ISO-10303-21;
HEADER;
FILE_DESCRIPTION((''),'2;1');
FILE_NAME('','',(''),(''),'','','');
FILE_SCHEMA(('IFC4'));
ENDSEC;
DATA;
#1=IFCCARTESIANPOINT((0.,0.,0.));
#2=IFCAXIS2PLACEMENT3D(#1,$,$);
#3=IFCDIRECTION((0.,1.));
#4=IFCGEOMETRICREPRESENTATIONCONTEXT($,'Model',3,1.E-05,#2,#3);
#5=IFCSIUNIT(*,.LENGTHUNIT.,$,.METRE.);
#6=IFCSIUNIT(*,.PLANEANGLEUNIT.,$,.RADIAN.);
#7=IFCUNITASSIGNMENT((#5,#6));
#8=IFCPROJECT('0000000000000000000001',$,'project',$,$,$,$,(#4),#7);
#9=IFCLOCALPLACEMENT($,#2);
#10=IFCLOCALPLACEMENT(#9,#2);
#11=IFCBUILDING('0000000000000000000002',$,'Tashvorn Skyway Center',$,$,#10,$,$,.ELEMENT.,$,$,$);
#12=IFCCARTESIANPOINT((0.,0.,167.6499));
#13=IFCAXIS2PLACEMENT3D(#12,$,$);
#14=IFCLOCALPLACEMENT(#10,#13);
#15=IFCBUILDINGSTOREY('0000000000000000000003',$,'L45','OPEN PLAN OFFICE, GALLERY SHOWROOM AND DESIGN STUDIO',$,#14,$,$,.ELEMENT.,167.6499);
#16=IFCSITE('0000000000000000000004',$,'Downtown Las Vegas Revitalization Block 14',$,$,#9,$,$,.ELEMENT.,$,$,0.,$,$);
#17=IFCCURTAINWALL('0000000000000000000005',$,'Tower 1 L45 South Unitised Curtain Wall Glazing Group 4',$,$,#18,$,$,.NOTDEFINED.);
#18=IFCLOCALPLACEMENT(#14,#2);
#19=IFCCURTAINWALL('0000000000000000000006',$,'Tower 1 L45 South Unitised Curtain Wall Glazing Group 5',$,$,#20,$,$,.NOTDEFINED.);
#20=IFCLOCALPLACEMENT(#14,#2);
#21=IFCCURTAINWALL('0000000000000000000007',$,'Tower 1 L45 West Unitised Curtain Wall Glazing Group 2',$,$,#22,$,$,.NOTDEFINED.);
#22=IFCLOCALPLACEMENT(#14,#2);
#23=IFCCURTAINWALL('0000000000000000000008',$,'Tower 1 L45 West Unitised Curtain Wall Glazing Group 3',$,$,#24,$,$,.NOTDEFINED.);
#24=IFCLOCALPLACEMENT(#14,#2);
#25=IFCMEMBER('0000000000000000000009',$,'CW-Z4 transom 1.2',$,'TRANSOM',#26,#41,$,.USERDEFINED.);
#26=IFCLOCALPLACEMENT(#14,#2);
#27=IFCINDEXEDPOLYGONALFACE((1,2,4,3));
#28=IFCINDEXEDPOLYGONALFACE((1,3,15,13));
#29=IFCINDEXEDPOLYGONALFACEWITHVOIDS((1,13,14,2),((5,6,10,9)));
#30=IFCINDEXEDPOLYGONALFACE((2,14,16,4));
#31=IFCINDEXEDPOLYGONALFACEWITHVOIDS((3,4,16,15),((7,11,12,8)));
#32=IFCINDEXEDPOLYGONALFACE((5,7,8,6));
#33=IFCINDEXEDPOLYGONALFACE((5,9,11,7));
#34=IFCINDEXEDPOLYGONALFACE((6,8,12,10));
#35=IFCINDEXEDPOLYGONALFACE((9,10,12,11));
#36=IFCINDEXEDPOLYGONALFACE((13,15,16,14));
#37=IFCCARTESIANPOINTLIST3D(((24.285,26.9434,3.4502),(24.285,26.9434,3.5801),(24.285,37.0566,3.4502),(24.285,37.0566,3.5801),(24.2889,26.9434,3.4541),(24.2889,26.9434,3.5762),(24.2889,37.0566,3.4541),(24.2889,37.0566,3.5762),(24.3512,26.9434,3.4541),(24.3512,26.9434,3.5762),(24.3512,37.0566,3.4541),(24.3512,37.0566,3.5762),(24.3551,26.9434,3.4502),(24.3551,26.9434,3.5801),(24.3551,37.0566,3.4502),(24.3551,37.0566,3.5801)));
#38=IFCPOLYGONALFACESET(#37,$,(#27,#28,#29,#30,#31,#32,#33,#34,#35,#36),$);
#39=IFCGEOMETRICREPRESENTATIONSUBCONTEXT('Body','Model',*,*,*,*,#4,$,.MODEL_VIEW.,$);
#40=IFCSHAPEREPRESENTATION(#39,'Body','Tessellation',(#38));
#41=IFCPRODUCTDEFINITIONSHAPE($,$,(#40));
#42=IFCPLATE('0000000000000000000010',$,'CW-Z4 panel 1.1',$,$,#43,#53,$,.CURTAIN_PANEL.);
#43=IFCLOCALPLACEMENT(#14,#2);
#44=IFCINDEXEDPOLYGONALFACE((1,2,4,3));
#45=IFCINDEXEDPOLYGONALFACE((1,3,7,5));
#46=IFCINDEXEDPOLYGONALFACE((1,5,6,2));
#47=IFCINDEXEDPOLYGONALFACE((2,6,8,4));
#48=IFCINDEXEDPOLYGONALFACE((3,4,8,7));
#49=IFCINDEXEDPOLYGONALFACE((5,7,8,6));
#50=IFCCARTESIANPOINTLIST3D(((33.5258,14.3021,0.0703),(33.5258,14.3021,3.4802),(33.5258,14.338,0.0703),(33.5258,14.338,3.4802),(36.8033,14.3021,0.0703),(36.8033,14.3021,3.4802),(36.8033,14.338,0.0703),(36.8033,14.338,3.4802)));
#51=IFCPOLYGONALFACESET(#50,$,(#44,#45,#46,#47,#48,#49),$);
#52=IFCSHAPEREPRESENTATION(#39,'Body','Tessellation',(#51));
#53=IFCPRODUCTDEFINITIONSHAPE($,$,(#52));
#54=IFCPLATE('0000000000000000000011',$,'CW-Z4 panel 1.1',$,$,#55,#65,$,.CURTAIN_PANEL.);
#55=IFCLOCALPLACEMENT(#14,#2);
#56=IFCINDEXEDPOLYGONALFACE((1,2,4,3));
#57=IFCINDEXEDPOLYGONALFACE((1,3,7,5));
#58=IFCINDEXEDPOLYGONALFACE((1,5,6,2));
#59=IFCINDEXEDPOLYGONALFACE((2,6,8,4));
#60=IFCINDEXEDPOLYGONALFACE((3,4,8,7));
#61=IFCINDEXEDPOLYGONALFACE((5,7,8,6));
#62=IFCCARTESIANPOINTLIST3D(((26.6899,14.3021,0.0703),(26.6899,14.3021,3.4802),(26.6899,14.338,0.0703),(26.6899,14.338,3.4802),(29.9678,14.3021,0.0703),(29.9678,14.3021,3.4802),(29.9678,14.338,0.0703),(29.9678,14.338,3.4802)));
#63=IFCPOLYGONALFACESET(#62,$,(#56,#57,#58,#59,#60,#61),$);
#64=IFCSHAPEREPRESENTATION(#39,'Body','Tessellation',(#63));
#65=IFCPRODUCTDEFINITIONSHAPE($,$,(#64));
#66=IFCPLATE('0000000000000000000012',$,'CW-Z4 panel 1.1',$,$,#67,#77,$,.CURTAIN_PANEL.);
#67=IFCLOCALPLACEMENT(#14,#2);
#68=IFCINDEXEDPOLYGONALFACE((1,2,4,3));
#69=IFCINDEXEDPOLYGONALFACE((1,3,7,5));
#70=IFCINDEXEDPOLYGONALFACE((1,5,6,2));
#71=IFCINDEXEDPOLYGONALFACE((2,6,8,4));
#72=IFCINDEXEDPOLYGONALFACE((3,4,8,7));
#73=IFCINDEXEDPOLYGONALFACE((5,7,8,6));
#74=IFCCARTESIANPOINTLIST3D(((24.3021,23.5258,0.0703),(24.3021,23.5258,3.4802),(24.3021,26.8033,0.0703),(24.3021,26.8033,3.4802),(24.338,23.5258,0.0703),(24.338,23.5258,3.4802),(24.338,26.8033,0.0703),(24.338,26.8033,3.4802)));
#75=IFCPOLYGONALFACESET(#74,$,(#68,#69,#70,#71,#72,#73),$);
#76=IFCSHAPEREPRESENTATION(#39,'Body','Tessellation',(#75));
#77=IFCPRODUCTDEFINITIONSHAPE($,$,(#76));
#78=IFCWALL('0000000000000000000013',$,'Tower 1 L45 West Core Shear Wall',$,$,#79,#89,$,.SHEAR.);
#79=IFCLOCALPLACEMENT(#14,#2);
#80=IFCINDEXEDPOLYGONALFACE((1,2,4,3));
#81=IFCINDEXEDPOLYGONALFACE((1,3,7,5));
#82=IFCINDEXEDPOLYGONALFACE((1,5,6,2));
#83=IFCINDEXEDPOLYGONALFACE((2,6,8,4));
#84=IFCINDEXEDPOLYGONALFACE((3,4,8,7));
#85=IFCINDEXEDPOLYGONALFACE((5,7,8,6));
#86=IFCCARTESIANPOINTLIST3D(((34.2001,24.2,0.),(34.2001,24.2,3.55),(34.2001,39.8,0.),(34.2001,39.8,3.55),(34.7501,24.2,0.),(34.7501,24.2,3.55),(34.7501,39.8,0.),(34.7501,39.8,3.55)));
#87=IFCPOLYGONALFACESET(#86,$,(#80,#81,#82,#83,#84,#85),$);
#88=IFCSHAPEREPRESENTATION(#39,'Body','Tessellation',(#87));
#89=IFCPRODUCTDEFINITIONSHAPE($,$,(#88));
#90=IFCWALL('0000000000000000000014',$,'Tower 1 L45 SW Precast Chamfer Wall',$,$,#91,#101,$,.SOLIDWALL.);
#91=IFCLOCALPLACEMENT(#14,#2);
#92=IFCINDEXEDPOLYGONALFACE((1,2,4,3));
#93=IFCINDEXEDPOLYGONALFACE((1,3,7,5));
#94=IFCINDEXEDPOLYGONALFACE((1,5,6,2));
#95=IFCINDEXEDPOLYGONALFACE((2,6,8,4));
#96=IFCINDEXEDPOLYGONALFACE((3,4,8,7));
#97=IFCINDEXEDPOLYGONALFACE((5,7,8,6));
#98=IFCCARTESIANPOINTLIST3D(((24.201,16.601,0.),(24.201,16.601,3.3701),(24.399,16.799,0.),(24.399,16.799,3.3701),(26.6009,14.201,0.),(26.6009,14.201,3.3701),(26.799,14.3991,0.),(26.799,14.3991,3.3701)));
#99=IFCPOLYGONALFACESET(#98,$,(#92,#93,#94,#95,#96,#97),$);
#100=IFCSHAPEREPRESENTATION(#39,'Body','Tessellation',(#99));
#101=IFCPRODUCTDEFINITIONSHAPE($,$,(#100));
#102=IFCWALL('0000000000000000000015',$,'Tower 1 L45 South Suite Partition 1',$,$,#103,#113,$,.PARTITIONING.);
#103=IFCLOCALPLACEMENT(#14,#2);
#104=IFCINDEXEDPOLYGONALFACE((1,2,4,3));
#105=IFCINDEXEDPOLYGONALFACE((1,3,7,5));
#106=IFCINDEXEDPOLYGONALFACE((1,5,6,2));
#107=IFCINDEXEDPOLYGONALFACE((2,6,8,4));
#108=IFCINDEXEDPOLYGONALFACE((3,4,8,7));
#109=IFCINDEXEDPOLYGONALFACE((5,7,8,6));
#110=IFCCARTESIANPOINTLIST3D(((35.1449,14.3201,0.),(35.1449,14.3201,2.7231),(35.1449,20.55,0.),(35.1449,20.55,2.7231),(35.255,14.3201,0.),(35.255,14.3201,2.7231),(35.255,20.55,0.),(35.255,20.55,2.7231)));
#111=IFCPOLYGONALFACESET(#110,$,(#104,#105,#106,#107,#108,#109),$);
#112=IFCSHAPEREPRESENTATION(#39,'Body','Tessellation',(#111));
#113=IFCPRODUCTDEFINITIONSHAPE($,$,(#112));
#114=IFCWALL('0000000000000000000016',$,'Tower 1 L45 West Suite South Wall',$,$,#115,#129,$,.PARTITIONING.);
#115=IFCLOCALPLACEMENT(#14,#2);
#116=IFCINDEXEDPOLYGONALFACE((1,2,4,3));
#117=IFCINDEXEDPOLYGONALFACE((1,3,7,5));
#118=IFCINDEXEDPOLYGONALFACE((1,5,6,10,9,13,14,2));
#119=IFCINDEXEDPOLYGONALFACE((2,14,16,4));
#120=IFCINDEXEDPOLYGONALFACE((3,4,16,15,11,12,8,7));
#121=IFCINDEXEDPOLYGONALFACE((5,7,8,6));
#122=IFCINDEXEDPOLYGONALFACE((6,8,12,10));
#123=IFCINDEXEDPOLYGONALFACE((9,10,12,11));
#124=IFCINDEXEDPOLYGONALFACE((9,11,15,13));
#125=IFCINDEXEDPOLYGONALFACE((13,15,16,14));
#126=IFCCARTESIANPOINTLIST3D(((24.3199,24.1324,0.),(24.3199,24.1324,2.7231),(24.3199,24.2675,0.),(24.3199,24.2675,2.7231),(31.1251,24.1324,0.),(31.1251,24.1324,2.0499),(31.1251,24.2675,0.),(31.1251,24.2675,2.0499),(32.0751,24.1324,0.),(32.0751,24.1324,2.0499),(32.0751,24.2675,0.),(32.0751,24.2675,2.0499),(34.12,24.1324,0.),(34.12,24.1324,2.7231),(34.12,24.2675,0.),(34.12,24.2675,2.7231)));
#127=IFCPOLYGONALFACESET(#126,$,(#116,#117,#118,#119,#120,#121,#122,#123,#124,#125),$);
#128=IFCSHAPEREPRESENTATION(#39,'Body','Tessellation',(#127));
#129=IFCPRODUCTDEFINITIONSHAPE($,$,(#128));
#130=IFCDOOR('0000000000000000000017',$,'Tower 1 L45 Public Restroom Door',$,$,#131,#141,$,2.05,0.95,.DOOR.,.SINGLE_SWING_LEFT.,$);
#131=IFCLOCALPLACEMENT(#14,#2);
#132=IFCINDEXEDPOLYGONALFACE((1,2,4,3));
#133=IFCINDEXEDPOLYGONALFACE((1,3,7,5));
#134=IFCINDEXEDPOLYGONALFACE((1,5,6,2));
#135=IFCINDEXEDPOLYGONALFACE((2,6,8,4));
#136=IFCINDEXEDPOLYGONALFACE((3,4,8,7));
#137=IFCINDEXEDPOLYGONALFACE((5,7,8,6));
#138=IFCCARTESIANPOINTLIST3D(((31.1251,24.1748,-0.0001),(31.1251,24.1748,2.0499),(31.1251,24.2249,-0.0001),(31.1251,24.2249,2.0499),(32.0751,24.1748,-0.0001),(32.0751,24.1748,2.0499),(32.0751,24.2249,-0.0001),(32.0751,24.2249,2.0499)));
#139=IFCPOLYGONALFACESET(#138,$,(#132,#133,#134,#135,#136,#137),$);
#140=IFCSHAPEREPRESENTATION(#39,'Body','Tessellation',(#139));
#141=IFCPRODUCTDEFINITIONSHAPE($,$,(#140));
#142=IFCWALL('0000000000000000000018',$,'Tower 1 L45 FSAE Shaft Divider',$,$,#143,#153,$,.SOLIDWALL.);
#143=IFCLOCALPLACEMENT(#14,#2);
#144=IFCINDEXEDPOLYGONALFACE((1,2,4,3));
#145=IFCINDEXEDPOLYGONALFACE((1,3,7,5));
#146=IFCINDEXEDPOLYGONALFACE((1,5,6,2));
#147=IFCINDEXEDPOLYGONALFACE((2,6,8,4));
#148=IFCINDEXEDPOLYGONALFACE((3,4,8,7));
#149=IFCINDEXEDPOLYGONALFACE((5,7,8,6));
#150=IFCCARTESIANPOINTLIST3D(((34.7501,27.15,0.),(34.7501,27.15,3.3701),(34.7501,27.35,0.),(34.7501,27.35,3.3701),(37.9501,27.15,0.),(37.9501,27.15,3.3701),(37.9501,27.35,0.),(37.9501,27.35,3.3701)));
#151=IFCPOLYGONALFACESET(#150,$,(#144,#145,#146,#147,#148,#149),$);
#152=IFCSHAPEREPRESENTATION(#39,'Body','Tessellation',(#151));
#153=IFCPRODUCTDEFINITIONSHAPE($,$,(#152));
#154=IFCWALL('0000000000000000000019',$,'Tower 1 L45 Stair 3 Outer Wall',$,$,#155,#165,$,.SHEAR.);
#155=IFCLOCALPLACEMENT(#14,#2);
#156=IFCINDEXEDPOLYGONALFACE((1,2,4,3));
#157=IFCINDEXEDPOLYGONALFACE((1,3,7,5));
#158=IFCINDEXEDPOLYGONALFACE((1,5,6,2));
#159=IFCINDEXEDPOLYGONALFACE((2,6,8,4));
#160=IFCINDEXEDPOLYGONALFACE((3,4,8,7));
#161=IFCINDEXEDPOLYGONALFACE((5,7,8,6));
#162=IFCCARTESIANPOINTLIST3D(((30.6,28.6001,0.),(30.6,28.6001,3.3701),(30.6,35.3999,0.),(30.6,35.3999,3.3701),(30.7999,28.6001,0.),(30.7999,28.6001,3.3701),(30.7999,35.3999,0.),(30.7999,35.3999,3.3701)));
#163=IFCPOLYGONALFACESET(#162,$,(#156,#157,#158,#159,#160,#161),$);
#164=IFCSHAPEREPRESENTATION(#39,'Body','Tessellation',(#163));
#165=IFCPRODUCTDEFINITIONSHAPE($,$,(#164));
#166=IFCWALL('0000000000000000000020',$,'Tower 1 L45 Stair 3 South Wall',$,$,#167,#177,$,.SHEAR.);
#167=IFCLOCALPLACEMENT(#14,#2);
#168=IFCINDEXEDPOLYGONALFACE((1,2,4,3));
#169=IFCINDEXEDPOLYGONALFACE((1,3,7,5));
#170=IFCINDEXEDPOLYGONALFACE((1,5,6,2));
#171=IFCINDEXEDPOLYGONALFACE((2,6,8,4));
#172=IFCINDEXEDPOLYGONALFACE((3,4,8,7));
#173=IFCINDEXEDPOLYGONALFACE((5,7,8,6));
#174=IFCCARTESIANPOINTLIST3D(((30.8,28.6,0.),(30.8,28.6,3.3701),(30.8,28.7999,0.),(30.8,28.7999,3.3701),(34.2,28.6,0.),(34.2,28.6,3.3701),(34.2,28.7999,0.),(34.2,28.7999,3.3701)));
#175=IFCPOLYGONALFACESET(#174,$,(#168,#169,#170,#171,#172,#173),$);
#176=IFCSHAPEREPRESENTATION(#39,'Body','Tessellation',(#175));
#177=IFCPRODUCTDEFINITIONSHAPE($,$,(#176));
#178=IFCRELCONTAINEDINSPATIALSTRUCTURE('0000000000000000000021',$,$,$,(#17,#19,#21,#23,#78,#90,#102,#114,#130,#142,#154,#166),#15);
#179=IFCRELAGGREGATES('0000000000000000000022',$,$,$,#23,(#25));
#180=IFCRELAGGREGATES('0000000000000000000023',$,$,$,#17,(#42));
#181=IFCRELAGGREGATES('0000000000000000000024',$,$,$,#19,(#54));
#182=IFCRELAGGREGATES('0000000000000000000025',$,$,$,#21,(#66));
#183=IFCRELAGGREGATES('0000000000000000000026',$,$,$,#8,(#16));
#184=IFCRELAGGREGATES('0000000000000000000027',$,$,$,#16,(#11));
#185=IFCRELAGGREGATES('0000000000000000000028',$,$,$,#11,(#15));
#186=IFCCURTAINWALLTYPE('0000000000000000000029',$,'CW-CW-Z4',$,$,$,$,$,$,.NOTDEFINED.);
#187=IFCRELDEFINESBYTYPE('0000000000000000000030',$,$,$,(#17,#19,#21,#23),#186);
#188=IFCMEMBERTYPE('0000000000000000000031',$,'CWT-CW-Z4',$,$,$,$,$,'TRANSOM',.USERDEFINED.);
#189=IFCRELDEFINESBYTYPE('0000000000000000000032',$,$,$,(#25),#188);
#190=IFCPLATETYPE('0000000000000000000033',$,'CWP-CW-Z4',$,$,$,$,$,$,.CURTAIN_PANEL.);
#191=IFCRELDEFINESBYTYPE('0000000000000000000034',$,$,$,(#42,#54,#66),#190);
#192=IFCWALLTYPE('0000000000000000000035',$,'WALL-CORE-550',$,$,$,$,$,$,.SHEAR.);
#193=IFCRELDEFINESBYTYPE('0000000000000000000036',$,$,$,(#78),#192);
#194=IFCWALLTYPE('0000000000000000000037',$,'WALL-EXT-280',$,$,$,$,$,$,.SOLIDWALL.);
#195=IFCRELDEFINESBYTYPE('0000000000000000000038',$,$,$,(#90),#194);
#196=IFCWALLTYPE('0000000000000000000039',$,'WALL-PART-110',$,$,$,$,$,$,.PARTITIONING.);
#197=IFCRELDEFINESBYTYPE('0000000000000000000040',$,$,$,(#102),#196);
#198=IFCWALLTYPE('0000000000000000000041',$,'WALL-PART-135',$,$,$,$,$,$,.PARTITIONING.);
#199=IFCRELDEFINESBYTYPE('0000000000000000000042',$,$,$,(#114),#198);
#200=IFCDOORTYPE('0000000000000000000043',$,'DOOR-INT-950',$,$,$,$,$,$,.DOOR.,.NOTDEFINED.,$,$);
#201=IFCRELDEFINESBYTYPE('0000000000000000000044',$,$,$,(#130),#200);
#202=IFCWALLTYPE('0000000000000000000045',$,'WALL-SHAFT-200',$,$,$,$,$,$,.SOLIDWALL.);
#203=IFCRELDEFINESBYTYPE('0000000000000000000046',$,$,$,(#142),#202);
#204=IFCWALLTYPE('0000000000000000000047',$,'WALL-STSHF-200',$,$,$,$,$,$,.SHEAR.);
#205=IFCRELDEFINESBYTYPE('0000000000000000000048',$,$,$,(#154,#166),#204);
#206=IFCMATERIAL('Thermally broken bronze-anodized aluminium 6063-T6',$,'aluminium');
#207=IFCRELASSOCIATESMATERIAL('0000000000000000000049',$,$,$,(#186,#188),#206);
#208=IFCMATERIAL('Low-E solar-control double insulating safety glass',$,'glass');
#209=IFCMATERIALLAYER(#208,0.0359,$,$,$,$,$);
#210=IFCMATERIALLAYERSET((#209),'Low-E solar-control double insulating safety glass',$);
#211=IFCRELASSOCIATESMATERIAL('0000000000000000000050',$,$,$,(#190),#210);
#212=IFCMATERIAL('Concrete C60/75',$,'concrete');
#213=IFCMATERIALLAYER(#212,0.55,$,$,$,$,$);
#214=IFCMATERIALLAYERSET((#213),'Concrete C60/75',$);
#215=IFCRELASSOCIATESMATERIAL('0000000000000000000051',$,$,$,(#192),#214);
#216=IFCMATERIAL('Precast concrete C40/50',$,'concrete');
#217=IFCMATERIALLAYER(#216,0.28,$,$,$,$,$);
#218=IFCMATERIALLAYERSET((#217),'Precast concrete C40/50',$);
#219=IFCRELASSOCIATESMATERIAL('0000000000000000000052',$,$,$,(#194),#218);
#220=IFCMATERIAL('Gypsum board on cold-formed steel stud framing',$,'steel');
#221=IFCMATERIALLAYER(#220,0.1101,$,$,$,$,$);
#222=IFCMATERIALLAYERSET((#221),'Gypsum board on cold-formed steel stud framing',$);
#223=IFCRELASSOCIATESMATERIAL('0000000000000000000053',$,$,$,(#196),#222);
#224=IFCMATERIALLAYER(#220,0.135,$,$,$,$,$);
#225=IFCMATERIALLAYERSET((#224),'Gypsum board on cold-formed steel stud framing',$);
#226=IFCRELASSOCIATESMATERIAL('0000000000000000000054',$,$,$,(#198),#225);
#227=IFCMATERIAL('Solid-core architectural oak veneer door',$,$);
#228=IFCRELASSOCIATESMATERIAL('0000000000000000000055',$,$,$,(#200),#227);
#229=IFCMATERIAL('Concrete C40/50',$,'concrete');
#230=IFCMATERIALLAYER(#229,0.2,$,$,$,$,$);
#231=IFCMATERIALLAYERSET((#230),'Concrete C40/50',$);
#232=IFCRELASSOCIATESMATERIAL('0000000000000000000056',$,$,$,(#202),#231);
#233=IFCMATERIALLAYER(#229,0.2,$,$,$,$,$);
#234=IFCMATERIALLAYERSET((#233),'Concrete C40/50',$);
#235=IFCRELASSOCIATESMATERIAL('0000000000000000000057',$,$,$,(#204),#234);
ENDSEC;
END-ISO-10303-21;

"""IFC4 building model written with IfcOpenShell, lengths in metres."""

from ifc_helpers import new_model, si_unit, direction, frame, frame_2d, origin, origin_2d, place, context, subcontext, project, spatial, rectangle, hollow_rectangle, extrude, material, layer, layer_set, material_profile, profile_set, type_object, element, fill, aggregate, save


model = new_model("IFC4")

# Units and contexts
model_context = context("Model", 3, precision=1e-05, world=origin(), true_north=direction((0.0, 1.0)))
body_context = subcontext(model_context, "Body", "Model", "MODEL_VIEW")
ifc_project = project(units=[si_unit("LENGTHUNIT", "METRE"), si_unit("PLANEANGLEUNIT", "RADIAN")], contexts=[model_context])

# Site, building, storey
site_placement = place(None, origin())
site = spatial("IfcSite", under=ifc_project, at=site_placement, Name="Downtown Las Vegas Revitalization Block 14", CompositionType="ELEMENT", RefElevation=0.0)
building_placement = place(site_placement, origin())
building = spatial("IfcBuilding", under=site, at=building_placement, Name="Tashvorn Skyway Center", CompositionType="ELEMENT")
storey_placement = place(building_placement, frame((0.0, 0.0, 167.6499)))
storey = spatial("IfcBuildingStorey", under=building, at=storey_placement, Name="L45", Description="OPEN PLAN OFFICE, GALLERY SHOWROOM AND DESIGN STUDIO", CompositionType="ELEMENT", Elevation=167.6499)

# Curtain walls
ifc_material_1 = material(Name="Thermally broken bronze-anodized aluminium 6063-T6", Category="aluminium")
curtain_wall_type = type_object("IfcCurtainWallType", Name="CW-CW-Z4", PredefinedType="NOTDEFINED", material=ifc_material_1)
curtain_wall_1_placement = place(storey_placement, origin())
curtain_wall_1 = element("IfcCurtainWall", 1, at=curtain_wall_1_placement, inside=storey, type_object=curtain_wall_type, Name="Tower 1 L45 South Unitised Curtain Wall Glazing Group 4", PredefinedType="NOTDEFINED")
curtain_wall_2_placement = place(storey_placement, origin())
curtain_wall_2 = element("IfcCurtainWall", 2, at=curtain_wall_2_placement, inside=storey, type_object=curtain_wall_type, Name="Tower 1 L45 South Unitised Curtain Wall Glazing Group 5", PredefinedType="NOTDEFINED")

# Curtain walls
curtain_wall_3_placement = place(storey_placement, origin())
curtain_wall_3 = element("IfcCurtainWall", 3, at=curtain_wall_3_placement, inside=storey, type_object=curtain_wall_type, Name="Tower 1 L45 West Unitised Curtain Wall Glazing Group 2", PredefinedType="NOTDEFINED")
curtain_wall_4_placement = place(storey_placement, origin())
curtain_wall_4 = element("IfcCurtainWall", 4, at=curtain_wall_4_placement, inside=storey, type_object=curtain_wall_type, Name="Tower 1 L45 West Unitised Curtain Wall Glazing Group 3", PredefinedType="NOTDEFINED")

# Member
ifc_material_profile_1 = material_profile(ifc_material_1, hollow_rectangle(XDim=0.0701, YDim=0.1299, WallThickness=0.0039, at=origin_2d()), Name="ALU-TRAN-70x130")
ifc_profile_set_1 = profile_set([ifc_material_profile_1], Name="Thermally broken bronze-anodized aluminium 6063-T6")
member_type_1 = type_object("IfcMemberType", Name="CWT-CW-Z4", ElementType="TRANSOM", PredefinedType="USERDEFINED", material=ifc_profile_set_1)
member_1_placement = place(storey_placement, frame((24.3201, 26.9434, 3.5151), z_axis=(0.0, 1.0, 0.0), x_axis=(-1.0, 0.0, 0.0)))
member_1 = element("IfcMember", 5, at=member_1_placement, type_object=member_type_1, Name="CW-Z4 transom 1.2", ObjectType="TRANSOM", PredefinedType="USERDEFINED", context=body_context, shape_type="SweptSolid", body=[
    extrude(hollow_rectangle(XDim=0.0701, YDim=0.1299, WallThickness=0.0039, at=origin_2d()), origin(), (0.0, 0.0, 1.0), 10.1133),
])
aggregate(curtain_wall_4, [member_1])

# Plates
ifc_material_2 = material(Name="Low-E solar-control double insulating safety glass", Category="glass")
ifc_layer_1 = layer(ifc_material_2, 0.0359)
ifc_layer_set_1 = layer_set([ifc_layer_1], Name="Low-E solar-control double insulating safety glass")
plate_type = type_object("IfcPlateType", Name="CWP-CW-Z4", PredefinedType="CURTAIN_PANEL", material=ifc_layer_set_1)
plate_1_placement = place(storey_placement, frame((35.1646, 14.3201, 0.0703), z_axis=(0.0, 0.0, 1.0), x_axis=(-1.0, 0.0, 0.0)))
plate_1 = element("IfcPlate", 6, at=plate_1_placement, type_object=plate_type, Name="CW-Z4 panel 1.1", PredefinedType="CURTAIN_PANEL", context=body_context, shape_type="SweptSolid", body=[
    extrude(rectangle(XDim=3.2776, YDim=0.0359, at=origin_2d()), origin(), (0.0, 0.0, 1.0), 3.4099),
])
aggregate(curtain_wall_1, [plate_1])
plate_2_placement = place(storey_placement, frame((28.3289, 14.3201, 0.0703), z_axis=(0.0, 0.0, 1.0), x_axis=(-1.0, 0.0, 0.0)))
plate_2 = element("IfcPlate", 7, at=plate_2_placement, type_object=plate_type, Name="CW-Z4 panel 1.1", PredefinedType="CURTAIN_PANEL", context=body_context, shape_type="SweptSolid", body=[
    extrude(rectangle(XDim=3.2778, YDim=0.0359, at=origin_2d()), origin(), (0.0, 0.0, 1.0), 3.4099),
])
aggregate(curtain_wall_2, [plate_2])
plate_3_placement = place(storey_placement, frame((24.3201, 25.1646, 0.0703), z_axis=(0.0, 0.0, 1.0), x_axis=(0.0, 1.0, 0.0)))
plate_3 = element("IfcPlate", 8, at=plate_3_placement, type_object=plate_type, Name="CW-Z4 panel 1.1", PredefinedType="CURTAIN_PANEL", context=body_context, shape_type="SweptSolid", body=[
    extrude(rectangle(XDim=3.2776, YDim=0.0359, at=origin_2d()), origin(), (0.0, 0.0, 1.0), 3.4099),
])
aggregate(curtain_wall_3, [plate_3])

# Walls
ifc_material_3 = material(Name="Concrete C60/75", Category="concrete")
ifc_layer_2 = layer(ifc_material_3, 0.55)
ifc_layer_set_2 = layer_set([ifc_layer_2], Name="Concrete C60/75")
wall_type_1 = type_object("IfcWallType", Name="WALL-CORE-550", PredefinedType="SHEAR", material=ifc_layer_set_2)
wall_1_placement = place(storey_placement, frame((34.4751, 24.2, 0.0), z_axis=(0.0, 0.0, 1.0), x_axis=(0.0, 1.0, 0.0)))
element("IfcWall", 9, at=wall_1_placement, inside=storey, type_object=wall_type_1, Name="Tower 1 L45 West Core Shear Wall", PredefinedType="SHEAR", context=body_context, shape_type="SweptSolid", body=[
    extrude(rectangle(XDim=15.6001, YDim=0.55, at=frame_2d((7.8, 0.0))), origin(), (0.0, 0.0, 1.0), 3.55),
])
ifc_material_4 = material(Name="Precast concrete C40/50", Category="concrete")
ifc_layer_3 = layer(ifc_material_4, 0.28)
ifc_layer_set_3 = layer_set([ifc_layer_3], Name="Precast concrete C40/50")
wall_type_2 = type_object("IfcWallType", Name="WALL-EXT-280", PredefinedType="SOLIDWALL", material=ifc_layer_set_3)
wall_2_placement = place(storey_placement, frame((26.7, 14.3, 0.0), z_axis=(0.0, 0.0, 1.0), x_axis=(-0.707107, 0.707107, 0.0)))
element("IfcWall", 10, at=wall_2_placement, inside=storey, type_object=wall_type_2, Name="Tower 1 L45 SW Precast Chamfer Wall", PredefinedType="SOLIDWALL", context=body_context, shape_type="SweptSolid", body=[
    extrude(rectangle(XDim=3.394, YDim=0.28, at=frame_2d((1.697, 0.0))), origin(), (0.0, 0.0, 1.0), 3.3701),
])
ifc_material_5 = material(Name="Gypsum board on cold-formed steel stud framing", Category="steel")
ifc_layer_4 = layer(ifc_material_5, 0.1101)
ifc_layer_set_4 = layer_set([ifc_layer_4], Name="Gypsum board on cold-formed steel stud framing")
wall_type_3 = type_object("IfcWallType", Name="WALL-PART-110", PredefinedType="PARTITIONING", material=ifc_layer_set_4)
wall_3_placement = place(storey_placement, frame((35.2, 14.3201, 0.0), z_axis=(0.0, 0.0, 1.0), x_axis=(0.0, 1.0, 0.0)))
element("IfcWall", 11, at=wall_3_placement, inside=storey, type_object=wall_type_3, Name="Tower 1 L45 South Suite Partition 1", PredefinedType="PARTITIONING", context=body_context, shape_type="SweptSolid", body=[
    extrude(rectangle(XDim=6.23, YDim=0.1101, at=frame_2d((3.115, 0.0))), origin(), (0.0, 0.0, 1.0), 2.7231),
])

# Wall, opening, door
ifc_layer_5 = layer(ifc_material_5, 0.135)
ifc_layer_set_5 = layer_set([ifc_layer_5], Name="Gypsum board on cold-formed steel stud framing")
wall_type_4 = type_object("IfcWallType", Name="WALL-PART-135", PredefinedType="PARTITIONING", material=ifc_layer_set_5)
wall_4_placement = place(storey_placement, frame((24.3201, 24.2, 0.0), z_axis=(0.0, 0.0, 1.0), x_axis=(1.0, 0.0, 0.0)))
wall_4 = element("IfcWall", 12, at=wall_4_placement, inside=storey, type_object=wall_type_4, Name="Tower 1 L45 West Suite South Wall", PredefinedType="PARTITIONING", context=body_context, shape_type="SweptSolid", body=[
    extrude(rectangle(XDim=9.8, YDim=0.135, at=frame_2d((4.8999, 0.0))), origin(), (0.0, 0.0, 1.0), 2.7231),
])
opening_placement = place(wall_4_placement, frame((6.8049, 0.0, 0.0)))
opening = element("IfcOpeningElement", 13, at=opening_placement, cuts=wall_4, PredefinedType="OPENING", context=body_context, shape_type="SweptSolid", body=[
    extrude(rectangle(XDim=0.95, YDim=2.05, at=frame_2d((0.4751, 1.0249))), frame((0.0, 0.0774, 0.0), z_axis=(0.0, -1.0, 0.0), x_axis=(1.0, 0.0, 0.0)), (0.0, 0.0, 1.0), 0.155),
])
ifc_material_6 = material(Name="Solid-core architectural oak veneer door")
door_type = type_object("IfcDoorType", Name="DOOR-INT-950", OperationType="NOTDEFINED", PredefinedType="DOOR", material=ifc_material_6)
door_placement = place(opening_placement, origin())
door = element("IfcDoor", 14, at=door_placement, inside=storey, type_object=door_type, Name="Tower 1 L45 Public Restroom Door", OperationType="SINGLE_SWING_LEFT", OverallHeight=2.05, OverallWidth=0.95, PredefinedType="DOOR", context=body_context, shape_type="SweptSolid", body=[
    extrude(rectangle(XDim=0.95, YDim=2.05, at=frame_2d((0.4751, 1.0249))), frame((0.0, 0.0249, 0.0), z_axis=(0.0, -1.0, 0.0), x_axis=(1.0, 0.0, 0.0)), (0.0, 0.0, 1.0), 0.05),
])
fill(opening, door)

# Walls
ifc_material_7 = material(Name="Concrete C40/50", Category="concrete")
ifc_layer_6 = layer(ifc_material_7, 0.2)
ifc_layer_set_6 = layer_set([ifc_layer_6], Name="Concrete C40/50")
wall_type_5 = type_object("IfcWallType", Name="WALL-SHAFT-200", PredefinedType="SOLIDWALL", material=ifc_layer_set_6)
wall_5_placement = place(storey_placement, frame((34.75, 27.25, 0.0), z_axis=(0.0, 0.0, 1.0), x_axis=(1.0, 0.0, 0.0)))
element("IfcWall", 15, at=wall_5_placement, inside=storey, type_object=wall_type_5, Name="Tower 1 L45 FSAE Shaft Divider", PredefinedType="SOLIDWALL", context=body_context, shape_type="SweptSolid", body=[
    extrude(rectangle(XDim=3.2, YDim=0.2, at=frame_2d((1.6001, 0.0))), origin(), (0.0, 0.0, 1.0), 3.3701),
])
ifc_layer_7 = layer(ifc_material_7, 0.2)
ifc_layer_set_7 = layer_set([ifc_layer_7], Name="Concrete C40/50")
wall_type_6 = type_object("IfcWallType", Name="WALL-STSHF-200", PredefinedType="SHEAR", material=ifc_layer_set_7)
wall_6_placement = place(storey_placement, frame((30.7, 28.6001, 0.0), z_axis=(0.0, 0.0, 1.0), x_axis=(0.0, 1.0, 0.0)))
element("IfcWall", 16, at=wall_6_placement, inside=storey, type_object=wall_type_6, Name="Tower 1 L45 Stair 3 Outer Wall", PredefinedType="SHEAR", context=body_context, shape_type="SweptSolid", body=[
    extrude(rectangle(XDim=6.7998, YDim=0.2, at=frame_2d((3.3999, 0.0))), origin(), (0.0, 0.0, 1.0), 3.3701),
])
wall_7_placement = place(storey_placement, frame((30.8, 28.7, 0.0), z_axis=(0.0, 0.0, 1.0), x_axis=(1.0, 0.0, 0.0)))
element("IfcWall", 17, at=wall_7_placement, inside=storey, type_object=wall_type_6, Name="Tower 1 L45 Stair 3 South Wall", PredefinedType="SHEAR", context=body_context, shape_type="SweptSolid", body=[
    extrude(rectangle(XDim=3.3999, YDim=0.2, at=frame_2d((1.7, 0.0))), origin(), (0.0, 0.0, 1.0), 3.3701),
])

save(model, "model.ifc")
